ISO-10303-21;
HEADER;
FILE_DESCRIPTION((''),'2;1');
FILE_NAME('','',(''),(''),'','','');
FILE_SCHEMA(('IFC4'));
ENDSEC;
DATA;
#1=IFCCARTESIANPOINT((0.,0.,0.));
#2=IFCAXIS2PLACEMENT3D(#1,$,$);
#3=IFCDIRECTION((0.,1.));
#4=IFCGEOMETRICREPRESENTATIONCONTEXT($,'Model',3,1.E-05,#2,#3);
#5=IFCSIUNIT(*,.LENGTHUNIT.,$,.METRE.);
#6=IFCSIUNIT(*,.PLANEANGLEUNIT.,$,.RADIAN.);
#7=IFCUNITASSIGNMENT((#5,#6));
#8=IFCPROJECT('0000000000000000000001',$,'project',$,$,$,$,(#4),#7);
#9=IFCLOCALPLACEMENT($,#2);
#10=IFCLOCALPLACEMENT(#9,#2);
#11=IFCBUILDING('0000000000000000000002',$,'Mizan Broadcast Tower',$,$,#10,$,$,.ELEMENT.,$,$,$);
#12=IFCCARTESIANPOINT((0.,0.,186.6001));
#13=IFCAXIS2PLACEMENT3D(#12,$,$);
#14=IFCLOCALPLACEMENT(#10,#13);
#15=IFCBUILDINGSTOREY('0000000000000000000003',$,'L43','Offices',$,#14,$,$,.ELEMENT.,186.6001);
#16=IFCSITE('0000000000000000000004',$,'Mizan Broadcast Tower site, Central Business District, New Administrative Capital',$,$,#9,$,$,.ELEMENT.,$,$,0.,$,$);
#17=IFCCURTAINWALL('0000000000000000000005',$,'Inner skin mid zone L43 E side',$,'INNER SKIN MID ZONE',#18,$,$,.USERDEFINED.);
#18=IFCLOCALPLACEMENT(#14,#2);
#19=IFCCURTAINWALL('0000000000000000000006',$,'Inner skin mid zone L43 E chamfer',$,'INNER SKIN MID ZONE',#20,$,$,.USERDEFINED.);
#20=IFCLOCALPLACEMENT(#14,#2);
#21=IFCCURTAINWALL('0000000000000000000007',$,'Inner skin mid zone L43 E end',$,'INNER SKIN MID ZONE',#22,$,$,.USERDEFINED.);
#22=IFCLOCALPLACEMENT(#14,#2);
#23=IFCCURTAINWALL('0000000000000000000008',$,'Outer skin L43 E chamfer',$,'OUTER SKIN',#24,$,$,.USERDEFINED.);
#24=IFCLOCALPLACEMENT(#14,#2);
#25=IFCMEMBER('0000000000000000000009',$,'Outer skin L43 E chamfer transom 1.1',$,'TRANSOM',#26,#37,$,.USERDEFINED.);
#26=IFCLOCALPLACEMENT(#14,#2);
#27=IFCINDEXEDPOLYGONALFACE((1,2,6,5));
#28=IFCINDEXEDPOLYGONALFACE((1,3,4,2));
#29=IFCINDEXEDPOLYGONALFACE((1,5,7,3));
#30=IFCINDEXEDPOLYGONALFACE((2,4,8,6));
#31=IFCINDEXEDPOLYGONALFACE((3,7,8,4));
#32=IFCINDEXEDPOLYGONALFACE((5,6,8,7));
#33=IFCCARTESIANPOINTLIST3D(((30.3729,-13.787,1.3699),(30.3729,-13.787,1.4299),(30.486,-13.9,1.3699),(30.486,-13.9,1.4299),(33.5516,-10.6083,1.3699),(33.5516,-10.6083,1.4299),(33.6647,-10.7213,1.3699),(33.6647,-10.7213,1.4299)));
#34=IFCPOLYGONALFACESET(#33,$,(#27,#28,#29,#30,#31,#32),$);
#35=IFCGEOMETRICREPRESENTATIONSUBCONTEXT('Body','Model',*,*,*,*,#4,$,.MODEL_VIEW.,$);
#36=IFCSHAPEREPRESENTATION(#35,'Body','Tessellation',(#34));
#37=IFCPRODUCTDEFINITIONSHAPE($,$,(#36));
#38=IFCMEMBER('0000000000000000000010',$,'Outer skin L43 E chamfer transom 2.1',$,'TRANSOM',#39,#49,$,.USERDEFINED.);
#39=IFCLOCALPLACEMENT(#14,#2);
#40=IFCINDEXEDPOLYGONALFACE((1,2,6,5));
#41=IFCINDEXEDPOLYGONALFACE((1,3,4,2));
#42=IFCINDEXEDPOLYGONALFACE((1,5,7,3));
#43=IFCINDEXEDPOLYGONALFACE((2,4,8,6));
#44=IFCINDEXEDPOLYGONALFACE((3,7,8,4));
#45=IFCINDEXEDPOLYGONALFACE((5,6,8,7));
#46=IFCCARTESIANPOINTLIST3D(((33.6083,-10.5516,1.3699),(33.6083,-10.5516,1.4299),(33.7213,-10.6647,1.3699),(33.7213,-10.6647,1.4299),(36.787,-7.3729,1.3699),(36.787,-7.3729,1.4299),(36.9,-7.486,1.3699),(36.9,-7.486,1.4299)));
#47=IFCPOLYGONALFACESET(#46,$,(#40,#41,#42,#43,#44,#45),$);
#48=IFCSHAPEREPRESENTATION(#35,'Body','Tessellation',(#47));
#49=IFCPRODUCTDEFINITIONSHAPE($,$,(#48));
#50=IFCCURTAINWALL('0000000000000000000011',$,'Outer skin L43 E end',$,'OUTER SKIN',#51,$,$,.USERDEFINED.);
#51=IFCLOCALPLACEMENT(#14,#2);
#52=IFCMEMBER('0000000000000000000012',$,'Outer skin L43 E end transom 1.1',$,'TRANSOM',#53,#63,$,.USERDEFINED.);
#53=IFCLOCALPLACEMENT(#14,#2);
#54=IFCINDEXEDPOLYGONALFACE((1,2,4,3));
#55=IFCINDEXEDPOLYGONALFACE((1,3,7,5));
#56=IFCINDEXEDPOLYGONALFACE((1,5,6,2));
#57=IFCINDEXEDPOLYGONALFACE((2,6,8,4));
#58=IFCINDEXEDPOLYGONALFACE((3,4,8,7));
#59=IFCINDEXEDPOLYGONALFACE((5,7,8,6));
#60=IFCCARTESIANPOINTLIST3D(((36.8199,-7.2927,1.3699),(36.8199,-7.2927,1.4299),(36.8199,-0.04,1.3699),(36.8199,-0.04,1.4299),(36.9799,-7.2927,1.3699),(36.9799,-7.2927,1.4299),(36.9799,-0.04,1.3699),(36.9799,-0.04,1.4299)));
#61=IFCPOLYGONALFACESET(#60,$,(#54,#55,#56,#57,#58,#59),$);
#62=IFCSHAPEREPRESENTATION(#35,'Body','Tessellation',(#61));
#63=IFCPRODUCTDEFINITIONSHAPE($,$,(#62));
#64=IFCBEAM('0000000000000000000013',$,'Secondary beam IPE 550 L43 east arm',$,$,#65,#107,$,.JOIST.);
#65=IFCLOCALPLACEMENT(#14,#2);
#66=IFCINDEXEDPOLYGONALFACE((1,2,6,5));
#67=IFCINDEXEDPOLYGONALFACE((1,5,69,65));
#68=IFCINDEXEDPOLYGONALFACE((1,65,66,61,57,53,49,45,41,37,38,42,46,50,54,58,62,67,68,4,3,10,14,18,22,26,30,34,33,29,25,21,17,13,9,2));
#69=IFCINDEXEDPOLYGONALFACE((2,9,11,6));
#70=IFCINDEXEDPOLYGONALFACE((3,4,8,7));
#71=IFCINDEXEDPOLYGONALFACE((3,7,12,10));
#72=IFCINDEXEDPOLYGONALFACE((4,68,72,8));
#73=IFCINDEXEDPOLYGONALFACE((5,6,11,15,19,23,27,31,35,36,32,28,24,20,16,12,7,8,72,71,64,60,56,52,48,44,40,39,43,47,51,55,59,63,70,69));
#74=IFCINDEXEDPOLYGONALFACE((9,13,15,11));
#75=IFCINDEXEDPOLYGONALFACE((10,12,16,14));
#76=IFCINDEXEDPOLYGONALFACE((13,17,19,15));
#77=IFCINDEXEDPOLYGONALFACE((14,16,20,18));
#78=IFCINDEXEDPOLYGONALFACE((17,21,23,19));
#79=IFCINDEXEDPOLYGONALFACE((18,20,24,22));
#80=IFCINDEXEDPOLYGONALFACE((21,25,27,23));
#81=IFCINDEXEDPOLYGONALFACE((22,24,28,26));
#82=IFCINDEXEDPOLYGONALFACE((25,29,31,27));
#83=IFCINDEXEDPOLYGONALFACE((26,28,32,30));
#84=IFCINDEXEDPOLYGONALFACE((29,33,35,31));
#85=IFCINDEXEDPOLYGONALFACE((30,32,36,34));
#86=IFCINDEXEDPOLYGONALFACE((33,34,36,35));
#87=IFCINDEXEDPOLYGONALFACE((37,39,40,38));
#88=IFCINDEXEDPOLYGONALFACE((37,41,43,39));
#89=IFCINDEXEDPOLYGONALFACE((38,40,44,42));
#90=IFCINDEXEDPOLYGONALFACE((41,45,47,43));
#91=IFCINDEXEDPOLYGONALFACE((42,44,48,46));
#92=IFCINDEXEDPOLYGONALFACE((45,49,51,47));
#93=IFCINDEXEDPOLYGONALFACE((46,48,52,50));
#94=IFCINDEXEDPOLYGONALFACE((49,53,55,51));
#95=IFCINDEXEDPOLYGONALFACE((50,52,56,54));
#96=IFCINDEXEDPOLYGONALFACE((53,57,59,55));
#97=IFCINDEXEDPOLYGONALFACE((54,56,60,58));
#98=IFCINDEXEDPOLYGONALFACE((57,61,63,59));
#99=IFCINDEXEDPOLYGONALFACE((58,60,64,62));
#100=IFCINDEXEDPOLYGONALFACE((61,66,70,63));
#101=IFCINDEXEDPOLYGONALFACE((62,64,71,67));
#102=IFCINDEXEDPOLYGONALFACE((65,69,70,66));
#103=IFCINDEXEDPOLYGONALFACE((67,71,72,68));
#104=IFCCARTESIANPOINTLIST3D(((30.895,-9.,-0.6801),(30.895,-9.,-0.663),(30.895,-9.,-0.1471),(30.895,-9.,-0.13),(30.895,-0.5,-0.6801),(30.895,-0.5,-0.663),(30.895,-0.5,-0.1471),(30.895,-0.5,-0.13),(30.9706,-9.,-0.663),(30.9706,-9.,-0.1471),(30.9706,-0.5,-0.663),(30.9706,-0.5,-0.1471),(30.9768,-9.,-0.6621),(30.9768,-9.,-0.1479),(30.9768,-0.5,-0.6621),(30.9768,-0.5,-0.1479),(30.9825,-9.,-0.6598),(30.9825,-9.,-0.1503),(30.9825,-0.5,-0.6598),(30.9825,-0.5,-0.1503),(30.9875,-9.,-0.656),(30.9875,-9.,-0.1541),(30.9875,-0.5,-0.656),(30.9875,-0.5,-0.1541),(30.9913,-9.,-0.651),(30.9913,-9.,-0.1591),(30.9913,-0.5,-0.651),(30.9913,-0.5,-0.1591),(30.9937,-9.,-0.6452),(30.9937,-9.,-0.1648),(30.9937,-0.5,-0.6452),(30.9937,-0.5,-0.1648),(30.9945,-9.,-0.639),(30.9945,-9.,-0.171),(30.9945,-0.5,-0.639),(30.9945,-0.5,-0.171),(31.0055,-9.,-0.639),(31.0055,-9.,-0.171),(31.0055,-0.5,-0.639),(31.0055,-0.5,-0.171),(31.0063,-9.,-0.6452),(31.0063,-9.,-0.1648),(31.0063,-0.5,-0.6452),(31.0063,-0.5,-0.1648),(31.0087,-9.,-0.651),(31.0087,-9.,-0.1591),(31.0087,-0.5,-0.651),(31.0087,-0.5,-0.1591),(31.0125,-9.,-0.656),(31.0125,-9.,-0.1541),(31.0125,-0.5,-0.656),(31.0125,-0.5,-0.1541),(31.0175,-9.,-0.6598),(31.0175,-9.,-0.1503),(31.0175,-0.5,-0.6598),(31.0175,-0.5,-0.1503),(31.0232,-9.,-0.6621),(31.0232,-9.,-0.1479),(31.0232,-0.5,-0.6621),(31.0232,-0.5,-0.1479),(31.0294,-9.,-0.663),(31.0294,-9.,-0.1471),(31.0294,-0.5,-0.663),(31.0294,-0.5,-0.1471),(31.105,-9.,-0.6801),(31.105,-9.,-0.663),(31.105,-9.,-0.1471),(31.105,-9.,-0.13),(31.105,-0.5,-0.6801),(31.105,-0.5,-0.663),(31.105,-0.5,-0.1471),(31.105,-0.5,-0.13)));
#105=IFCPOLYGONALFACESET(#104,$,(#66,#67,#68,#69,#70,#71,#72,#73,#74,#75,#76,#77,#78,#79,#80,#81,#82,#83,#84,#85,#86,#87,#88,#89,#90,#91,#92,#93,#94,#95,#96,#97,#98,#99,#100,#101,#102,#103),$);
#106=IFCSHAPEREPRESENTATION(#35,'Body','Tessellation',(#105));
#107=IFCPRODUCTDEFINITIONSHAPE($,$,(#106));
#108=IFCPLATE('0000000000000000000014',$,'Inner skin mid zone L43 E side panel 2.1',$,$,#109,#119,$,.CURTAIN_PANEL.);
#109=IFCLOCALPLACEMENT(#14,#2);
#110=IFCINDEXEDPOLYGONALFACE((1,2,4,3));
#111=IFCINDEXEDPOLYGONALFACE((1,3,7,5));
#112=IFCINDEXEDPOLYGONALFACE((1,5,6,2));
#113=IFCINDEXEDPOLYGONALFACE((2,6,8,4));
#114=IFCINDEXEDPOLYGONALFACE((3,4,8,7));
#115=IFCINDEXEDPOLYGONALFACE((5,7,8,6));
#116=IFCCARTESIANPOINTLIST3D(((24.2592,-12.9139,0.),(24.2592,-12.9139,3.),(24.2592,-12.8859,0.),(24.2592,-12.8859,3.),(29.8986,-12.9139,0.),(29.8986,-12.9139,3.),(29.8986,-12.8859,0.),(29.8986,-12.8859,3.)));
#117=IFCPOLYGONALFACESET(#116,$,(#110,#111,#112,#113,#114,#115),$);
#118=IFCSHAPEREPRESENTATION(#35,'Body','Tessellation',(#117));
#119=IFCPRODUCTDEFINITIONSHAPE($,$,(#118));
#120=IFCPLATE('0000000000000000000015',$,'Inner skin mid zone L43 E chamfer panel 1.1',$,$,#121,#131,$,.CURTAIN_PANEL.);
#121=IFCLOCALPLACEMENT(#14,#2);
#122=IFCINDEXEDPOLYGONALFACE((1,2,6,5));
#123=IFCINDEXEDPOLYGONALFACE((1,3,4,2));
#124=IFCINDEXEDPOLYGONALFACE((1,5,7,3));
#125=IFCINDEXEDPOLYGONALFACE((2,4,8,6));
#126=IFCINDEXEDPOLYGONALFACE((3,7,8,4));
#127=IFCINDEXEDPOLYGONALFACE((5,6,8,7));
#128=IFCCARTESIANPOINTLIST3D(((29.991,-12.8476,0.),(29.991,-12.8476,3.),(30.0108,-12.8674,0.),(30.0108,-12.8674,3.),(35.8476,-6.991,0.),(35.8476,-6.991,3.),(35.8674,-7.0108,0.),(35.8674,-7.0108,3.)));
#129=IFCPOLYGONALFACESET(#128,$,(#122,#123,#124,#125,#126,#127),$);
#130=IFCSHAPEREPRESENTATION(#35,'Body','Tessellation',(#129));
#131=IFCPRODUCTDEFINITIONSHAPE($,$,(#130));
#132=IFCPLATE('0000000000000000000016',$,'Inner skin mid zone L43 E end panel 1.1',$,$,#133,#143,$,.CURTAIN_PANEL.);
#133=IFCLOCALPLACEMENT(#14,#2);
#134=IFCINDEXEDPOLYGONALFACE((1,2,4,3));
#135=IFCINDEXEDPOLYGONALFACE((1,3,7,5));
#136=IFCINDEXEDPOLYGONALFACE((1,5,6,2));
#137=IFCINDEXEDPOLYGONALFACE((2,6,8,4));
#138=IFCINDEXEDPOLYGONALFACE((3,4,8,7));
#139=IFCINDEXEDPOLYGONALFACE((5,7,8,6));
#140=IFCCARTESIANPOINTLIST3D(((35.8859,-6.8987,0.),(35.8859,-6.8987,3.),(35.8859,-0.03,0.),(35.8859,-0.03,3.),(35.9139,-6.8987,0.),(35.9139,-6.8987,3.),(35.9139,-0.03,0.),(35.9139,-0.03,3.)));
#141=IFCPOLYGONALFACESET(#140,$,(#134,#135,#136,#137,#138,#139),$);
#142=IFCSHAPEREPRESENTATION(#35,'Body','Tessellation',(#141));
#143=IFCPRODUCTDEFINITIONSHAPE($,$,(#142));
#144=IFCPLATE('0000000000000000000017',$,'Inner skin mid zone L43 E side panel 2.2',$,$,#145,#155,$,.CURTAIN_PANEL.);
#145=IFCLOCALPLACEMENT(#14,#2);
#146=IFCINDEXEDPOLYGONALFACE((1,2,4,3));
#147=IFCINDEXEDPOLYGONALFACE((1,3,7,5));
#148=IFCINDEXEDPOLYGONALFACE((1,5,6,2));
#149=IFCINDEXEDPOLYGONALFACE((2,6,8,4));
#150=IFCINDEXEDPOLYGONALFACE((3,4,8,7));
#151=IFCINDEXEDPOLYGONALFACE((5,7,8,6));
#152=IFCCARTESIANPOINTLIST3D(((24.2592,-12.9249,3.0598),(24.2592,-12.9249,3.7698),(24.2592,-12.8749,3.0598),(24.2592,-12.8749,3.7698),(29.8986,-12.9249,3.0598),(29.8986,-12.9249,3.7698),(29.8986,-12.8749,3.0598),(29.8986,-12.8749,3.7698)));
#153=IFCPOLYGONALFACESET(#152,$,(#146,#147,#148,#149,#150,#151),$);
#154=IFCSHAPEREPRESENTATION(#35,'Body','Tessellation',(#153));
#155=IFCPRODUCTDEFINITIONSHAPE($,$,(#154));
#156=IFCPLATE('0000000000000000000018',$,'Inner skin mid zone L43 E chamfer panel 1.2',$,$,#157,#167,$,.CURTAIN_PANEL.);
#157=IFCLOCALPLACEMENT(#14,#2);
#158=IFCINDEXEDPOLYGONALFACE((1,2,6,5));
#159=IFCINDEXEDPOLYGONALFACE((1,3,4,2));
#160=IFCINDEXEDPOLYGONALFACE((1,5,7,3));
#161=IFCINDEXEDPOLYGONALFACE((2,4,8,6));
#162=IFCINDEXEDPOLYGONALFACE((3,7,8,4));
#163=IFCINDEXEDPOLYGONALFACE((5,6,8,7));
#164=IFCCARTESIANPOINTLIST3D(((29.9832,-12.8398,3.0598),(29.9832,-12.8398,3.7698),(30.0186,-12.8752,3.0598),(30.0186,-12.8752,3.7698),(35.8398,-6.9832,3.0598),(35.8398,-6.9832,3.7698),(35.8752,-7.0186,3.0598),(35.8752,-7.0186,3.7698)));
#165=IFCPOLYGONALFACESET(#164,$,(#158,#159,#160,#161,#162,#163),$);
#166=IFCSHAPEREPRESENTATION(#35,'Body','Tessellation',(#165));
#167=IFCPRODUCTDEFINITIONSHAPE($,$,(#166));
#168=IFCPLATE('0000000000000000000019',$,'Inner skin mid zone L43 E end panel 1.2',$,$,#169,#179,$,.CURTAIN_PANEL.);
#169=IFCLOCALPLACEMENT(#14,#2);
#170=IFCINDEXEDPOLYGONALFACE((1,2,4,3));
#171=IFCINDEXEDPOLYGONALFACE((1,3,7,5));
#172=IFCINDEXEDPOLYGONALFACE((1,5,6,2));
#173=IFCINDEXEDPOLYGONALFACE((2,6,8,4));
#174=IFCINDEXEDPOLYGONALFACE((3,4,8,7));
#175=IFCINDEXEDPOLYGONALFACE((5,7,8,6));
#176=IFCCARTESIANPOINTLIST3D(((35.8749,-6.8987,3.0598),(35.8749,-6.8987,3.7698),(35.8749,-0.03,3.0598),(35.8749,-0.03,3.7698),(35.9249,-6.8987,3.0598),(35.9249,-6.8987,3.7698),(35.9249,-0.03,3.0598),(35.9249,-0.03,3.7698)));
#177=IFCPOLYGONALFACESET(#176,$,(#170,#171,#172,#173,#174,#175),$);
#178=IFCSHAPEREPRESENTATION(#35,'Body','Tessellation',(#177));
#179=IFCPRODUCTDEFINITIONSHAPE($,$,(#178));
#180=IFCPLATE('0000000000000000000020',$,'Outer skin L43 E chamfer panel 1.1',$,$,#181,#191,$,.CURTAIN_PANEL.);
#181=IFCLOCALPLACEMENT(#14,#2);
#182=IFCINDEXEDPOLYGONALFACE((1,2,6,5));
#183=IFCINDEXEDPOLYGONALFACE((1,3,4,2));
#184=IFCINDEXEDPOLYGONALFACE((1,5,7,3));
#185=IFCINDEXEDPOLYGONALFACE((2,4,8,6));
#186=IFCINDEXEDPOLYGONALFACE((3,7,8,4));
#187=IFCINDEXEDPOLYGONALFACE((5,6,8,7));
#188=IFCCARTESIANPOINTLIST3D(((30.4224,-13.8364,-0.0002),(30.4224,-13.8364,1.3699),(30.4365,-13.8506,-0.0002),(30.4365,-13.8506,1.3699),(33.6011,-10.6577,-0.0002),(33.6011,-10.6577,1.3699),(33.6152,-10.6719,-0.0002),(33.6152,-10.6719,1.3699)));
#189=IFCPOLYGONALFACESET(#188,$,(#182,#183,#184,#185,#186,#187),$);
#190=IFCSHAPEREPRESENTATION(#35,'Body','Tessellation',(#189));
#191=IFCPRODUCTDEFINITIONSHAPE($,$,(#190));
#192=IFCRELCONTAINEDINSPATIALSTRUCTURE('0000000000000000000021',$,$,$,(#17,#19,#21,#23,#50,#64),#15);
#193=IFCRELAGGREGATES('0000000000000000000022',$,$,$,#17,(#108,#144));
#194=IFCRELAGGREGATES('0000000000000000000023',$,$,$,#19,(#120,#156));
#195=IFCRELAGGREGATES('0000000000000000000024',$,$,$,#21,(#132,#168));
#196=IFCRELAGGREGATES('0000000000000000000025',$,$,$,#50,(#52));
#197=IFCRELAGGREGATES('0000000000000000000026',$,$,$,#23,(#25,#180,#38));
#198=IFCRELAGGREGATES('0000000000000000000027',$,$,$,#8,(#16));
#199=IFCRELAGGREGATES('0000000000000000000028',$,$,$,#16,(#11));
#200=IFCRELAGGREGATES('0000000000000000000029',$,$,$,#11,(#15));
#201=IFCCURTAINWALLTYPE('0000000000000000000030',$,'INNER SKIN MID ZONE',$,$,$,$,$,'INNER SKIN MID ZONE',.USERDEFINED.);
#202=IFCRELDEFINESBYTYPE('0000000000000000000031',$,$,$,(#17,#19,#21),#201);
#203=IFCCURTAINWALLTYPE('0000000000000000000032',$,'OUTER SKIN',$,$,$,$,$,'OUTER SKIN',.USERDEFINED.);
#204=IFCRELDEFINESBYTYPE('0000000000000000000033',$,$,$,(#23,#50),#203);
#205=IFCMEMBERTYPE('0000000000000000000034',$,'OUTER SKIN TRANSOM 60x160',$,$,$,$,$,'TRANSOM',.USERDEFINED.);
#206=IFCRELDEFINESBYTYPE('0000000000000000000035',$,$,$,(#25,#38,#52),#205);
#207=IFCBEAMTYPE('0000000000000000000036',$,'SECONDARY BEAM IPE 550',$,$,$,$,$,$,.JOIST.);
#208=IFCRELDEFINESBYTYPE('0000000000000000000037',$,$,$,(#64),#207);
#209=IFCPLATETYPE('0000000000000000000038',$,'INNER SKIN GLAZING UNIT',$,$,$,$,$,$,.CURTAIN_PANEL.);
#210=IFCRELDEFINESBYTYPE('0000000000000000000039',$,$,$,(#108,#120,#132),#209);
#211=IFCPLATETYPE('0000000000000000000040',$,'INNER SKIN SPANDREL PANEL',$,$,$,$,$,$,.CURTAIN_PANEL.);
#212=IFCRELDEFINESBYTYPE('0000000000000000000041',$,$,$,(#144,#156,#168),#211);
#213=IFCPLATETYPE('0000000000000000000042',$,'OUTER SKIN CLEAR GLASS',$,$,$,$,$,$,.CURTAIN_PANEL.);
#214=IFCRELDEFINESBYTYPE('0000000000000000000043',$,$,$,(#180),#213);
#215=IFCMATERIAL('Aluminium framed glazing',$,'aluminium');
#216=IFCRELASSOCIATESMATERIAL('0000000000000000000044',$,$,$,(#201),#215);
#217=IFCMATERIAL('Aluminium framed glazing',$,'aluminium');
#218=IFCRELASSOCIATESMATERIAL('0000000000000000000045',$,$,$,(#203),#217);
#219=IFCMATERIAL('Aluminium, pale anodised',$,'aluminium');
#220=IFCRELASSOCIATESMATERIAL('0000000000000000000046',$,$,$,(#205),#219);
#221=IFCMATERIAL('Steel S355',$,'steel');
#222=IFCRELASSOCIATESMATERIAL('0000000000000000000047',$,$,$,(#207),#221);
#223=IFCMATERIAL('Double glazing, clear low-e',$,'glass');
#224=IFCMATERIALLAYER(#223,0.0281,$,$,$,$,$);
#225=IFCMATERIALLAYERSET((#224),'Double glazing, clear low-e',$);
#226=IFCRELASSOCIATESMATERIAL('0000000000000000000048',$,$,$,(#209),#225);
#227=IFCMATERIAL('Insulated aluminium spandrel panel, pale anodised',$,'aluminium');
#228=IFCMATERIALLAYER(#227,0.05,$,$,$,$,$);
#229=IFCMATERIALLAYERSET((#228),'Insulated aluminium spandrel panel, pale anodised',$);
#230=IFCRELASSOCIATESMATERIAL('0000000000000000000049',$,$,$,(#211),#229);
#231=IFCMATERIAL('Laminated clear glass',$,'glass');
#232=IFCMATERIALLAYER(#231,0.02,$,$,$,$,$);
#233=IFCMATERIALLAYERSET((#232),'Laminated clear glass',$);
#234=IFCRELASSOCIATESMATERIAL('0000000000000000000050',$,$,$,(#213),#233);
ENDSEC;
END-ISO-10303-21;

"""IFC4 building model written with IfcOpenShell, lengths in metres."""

from ifc_helpers import new_model, si_unit, direction, frame, origin, origin_2d, place, context, subcontext, project, spatial, rectangle, i_section, extrude, material, layer, layer_set, material_profile, profile_set, type_object, element, aggregate, save


model = new_model("IFC4")

# Units and contexts
model_context = context("Model", 3, precision=1e-05, world=origin(), true_north=direction((0.0, 1.0)))
body_context = subcontext(model_context, "Body", "Model", "MODEL_VIEW")
ifc_project = project(units=[si_unit("LENGTHUNIT", "METRE"), si_unit("PLANEANGLEUNIT", "RADIAN")], contexts=[model_context])

# Site, building, storey
site_placement = place(None, origin())
site = spatial("IfcSite", under=ifc_project, at=site_placement, Name="Mizan Broadcast Tower site, Central Business District, New Administrative Capital", CompositionType="ELEMENT", RefElevation=0.0)
building_placement = place(site_placement, origin())
building = spatial("IfcBuilding", under=site, at=building_placement, Name="Mizan Broadcast Tower", CompositionType="ELEMENT")
storey_placement = place(building_placement, frame((0.0, 0.0, 186.6001)))
storey = spatial("IfcBuildingStorey", under=building, at=storey_placement, Name="L43", Description="Offices", CompositionType="ELEMENT", Elevation=186.6001)

# Curtain wall
ifc_material_1 = material(Name="Aluminium framed glazing", Category="aluminium")
curtain_wall_type_1 = type_object("IfcCurtainWallType", Name="INNER SKIN MID ZONE", ElementType="INNER SKIN MID ZONE", PredefinedType="USERDEFINED", material=ifc_material_1)
curtain_wall_1_placement = place(storey_placement, origin())
curtain_wall_1 = element("IfcCurtainWall", 1, at=curtain_wall_1_placement, inside=storey, type_object=curtain_wall_type_1, Name="Inner skin mid zone L43 E side", ObjectType="INNER SKIN MID ZONE", PredefinedType="USERDEFINED")

# Curtain wall
curtain_wall_2_placement = place(storey_placement, origin())
curtain_wall_2 = element("IfcCurtainWall", 2, at=curtain_wall_2_placement, inside=storey, type_object=curtain_wall_type_1, Name="Inner skin mid zone L43 E chamfer", ObjectType="INNER SKIN MID ZONE", PredefinedType="USERDEFINED")

# Curtain wall
curtain_wall_3_placement = place(storey_placement, origin())
curtain_wall_3 = element("IfcCurtainWall", 3, at=curtain_wall_3_placement, inside=storey, type_object=curtain_wall_type_1, Name="Inner skin mid zone L43 E end", ObjectType="INNER SKIN MID ZONE", PredefinedType="USERDEFINED")

# Curtain wall
ifc_material_2 = material(Name="Aluminium framed glazing", Category="aluminium")
curtain_wall_type_2 = type_object("IfcCurtainWallType", Name="OUTER SKIN", ElementType="OUTER SKIN", PredefinedType="USERDEFINED", material=ifc_material_2)
curtain_wall_4_placement = place(storey_placement, origin())
curtain_wall_4 = element("IfcCurtainWall", 4, at=curtain_wall_4_placement, inside=storey, type_object=curtain_wall_type_2, Name="Outer skin L43 E chamfer", ObjectType="OUTER SKIN", PredefinedType="USERDEFINED")

# Members
ifc_material_3 = material(Name="Aluminium, pale anodised", Category="aluminium")
ifc_material_profile_1 = material_profile(ifc_material_3, rectangle(XDim=0.1599, YDim=0.0601, at=origin_2d()), Name="TRANSOM 160x60")
ifc_profile_set_1 = profile_set([ifc_material_profile_1], Name="Aluminium, pale anodised")
member_type_1 = type_object("IfcMemberType", Name="OUTER SKIN TRANSOM 60x160", ElementType="TRANSOM", PredefinedType="USERDEFINED", material=ifc_profile_set_1)
member_1_placement = place(storey_placement, frame((30.4294, -13.8435, 1.3999), z_axis=(0.707107, 0.707107, 0.0), x_axis=(-0.707107, 0.707107, 0.0)))
member_1 = element("IfcMember", 5, at=member_1_placement, type_object=member_type_1, Name="Outer skin L43 E chamfer transom 1.1", ObjectType="TRANSOM", PredefinedType="USERDEFINED", context=body_context, shape_type="SweptSolid", body=[
    extrude(rectangle(XDim=0.1599, YDim=0.0601, at=origin_2d()), origin(), (0.0, 0.0, 1.0), 4.4954),
])
member_2_placement = place(storey_placement, frame((33.6648, -10.6082, 1.3999), z_axis=(0.707107, 0.707107, 0.0), x_axis=(-0.707107, 0.707107, 0.0)))
member_2 = element("IfcMember", 6, at=member_2_placement, type_object=member_type_1, Name="Outer skin L43 E chamfer transom 2.1", ObjectType="TRANSOM", PredefinedType="USERDEFINED", context=body_context, shape_type="SweptSolid", body=[
    extrude(rectangle(XDim=0.1599, YDim=0.0601, at=origin_2d()), origin(), (0.0, 0.0, 1.0), 4.4954),
])

# Curtain wall, member
curtain_wall_5_placement = place(storey_placement, origin())
curtain_wall_5 = element("IfcCurtainWall", 7, at=curtain_wall_5_placement, inside=storey, type_object=curtain_wall_type_2, Name="Outer skin L43 E end", ObjectType="OUTER SKIN", PredefinedType="USERDEFINED")
member_3_placement = place(storey_placement, frame((36.8999, -7.2927, 1.3999), z_axis=(0.0, 1.0, 0.0), x_axis=(-1.0, 0.0, 0.0)))
member_3 = element("IfcMember", 8, at=member_3_placement, type_object=member_type_1, Name="Outer skin L43 E end transom 1.1", ObjectType="TRANSOM", PredefinedType="USERDEFINED", context=body_context, shape_type="SweptSolid", body=[
    extrude(rectangle(XDim=0.1599, YDim=0.0601, at=origin_2d()), origin(), (0.0, 0.0, 1.0), 7.2527),
])

# Beam
ifc_material_4 = material(Name="Steel S355", Category="steel")
ifc_material_profile_2 = material_profile(ifc_material_4, i_section(OverallWidth=0.21, OverallDepth=0.55, WebThickness=0.011, FlangeThickness=0.0171, FilletRadius=0.0239, at=origin_2d()), Name="IPE 550")
ifc_profile_set_2 = profile_set([ifc_material_profile_2], Name="Steel S355")
beam_type_1 = type_object("IfcBeamType", Name="SECONDARY BEAM IPE 550", PredefinedType="JOIST", material=ifc_profile_set_2)
beam_1_placement = place(storey_placement, frame((31.0, -9.0, -0.405), z_axis=(0.0, 1.0, 0.0), x_axis=(-1.0, 0.0, 0.0)))
element("IfcBeam", 9, at=beam_1_placement, inside=storey, type_object=beam_type_1, Name="Secondary beam IPE 550 L43 east arm", PredefinedType="JOIST", context=body_context, shape_type="SweptSolid", body=[
    extrude(i_section(OverallWidth=0.21, OverallDepth=0.55, WebThickness=0.011, FlangeThickness=0.0171, FilletRadius=0.0239, at=origin_2d()), origin(), (0.0, 0.0, 1.0), 8.5),
])

# Plates
ifc_material_5 = material(Name="Double glazing, clear low-e", Category="glass")
ifc_layer_1 = layer(ifc_material_5, 0.0281)
ifc_layer_set_1 = layer_set([ifc_layer_1], Name="Double glazing, clear low-e")
plate_type_1 = type_object("IfcPlateType", Name="INNER SKIN GLAZING UNIT", PredefinedType="CURTAIN_PANEL", material=ifc_layer_set_1)
plate_1_placement = place(storey_placement, frame((27.0789, -12.8999, 0.0), z_axis=(0.0, 0.0, 1.0), x_axis=(1.0, 0.0, 0.0)))
plate_1 = element("IfcPlate", 10, at=plate_1_placement, type_object=plate_type_1, Name="Inner skin mid zone L43 E side panel 2.1", PredefinedType="CURTAIN_PANEL", context=body_context, shape_type="SweptSolid", body=[
    extrude(rectangle(XDim=5.6394, YDim=0.0281, at=origin_2d()), origin(), (0.0, 0.0, 1.0), 3.0),
])
plate_2_placement = place(storey_placement, frame((32.9292, -9.9292, 0.0), z_axis=(0.0, 0.0, 1.0), x_axis=(0.707107, 0.707107, 0.0)))
plate_2 = element("IfcPlate", 11, at=plate_2_placement, type_object=plate_type_1, Name="Inner skin mid zone L43 E chamfer panel 1.1", PredefinedType="CURTAIN_PANEL", context=body_context, shape_type="SweptSolid", body=[
    extrude(rectangle(XDim=8.2825, YDim=0.0281, at=origin_2d()), origin(), (0.0, 0.0, 1.0), 3.0),
])
plate_3_placement = place(storey_placement, frame((35.8999, -3.4644, 0.0), z_axis=(0.0, 0.0, 1.0), x_axis=(0.0, 1.0, 0.0)))
plate_3 = element("IfcPlate", 12, at=plate_3_placement, type_object=plate_type_1, Name="Inner skin mid zone L43 E end panel 1.1", PredefinedType="CURTAIN_PANEL", context=body_context, shape_type="SweptSolid", body=[
    extrude(rectangle(XDim=6.8687, YDim=0.0281, at=origin_2d()), origin(), (0.0, 0.0, 1.0), 3.0),
])
ifc_material_6 = material(Name="Insulated aluminium spandrel panel, pale anodised", Category="aluminium")
ifc_layer_2 = layer(ifc_material_6, 0.05)
ifc_layer_set_2 = layer_set([ifc_layer_2], Name="Insulated aluminium spandrel panel, pale anodised")
plate_type_2 = type_object("IfcPlateType", Name="INNER SKIN SPANDREL PANEL", PredefinedType="CURTAIN_PANEL", material=ifc_layer_set_2)
plate_4_placement = place(storey_placement, frame((27.0789, -12.8999, 3.0598), z_axis=(0.0, 0.0, 1.0), x_axis=(1.0, 0.0, 0.0)))
plate_4 = element("IfcPlate", 13, at=plate_4_placement, type_object=plate_type_2, Name="Inner skin mid zone L43 E side panel 2.2", PredefinedType="CURTAIN_PANEL", context=body_context, shape_type="SweptSolid", body=[
    extrude(rectangle(XDim=5.6394, YDim=0.05, at=origin_2d()), origin(), (0.0, 0.0, 1.0), 0.71),
])
aggregate(curtain_wall_1, [plate_1, plate_4])
plate_5_placement = place(storey_placement, frame((32.9292, -9.9292, 3.0598), z_axis=(0.0, 0.0, 1.0), x_axis=(0.707107, 0.707107, 0.0)))
plate_5 = element("IfcPlate", 14, at=plate_5_placement, type_object=plate_type_2, Name="Inner skin mid zone L43 E chamfer panel 1.2", PredefinedType="CURTAIN_PANEL", context=body_context, shape_type="SweptSolid", body=[
    extrude(rectangle(XDim=8.2825, YDim=0.05, at=origin_2d()), origin(), (0.0, 0.0, 1.0), 0.71),
])
aggregate(curtain_wall_2, [plate_2, plate_5])
plate_6_placement = place(storey_placement, frame((35.8999, -3.4644, 3.0598), z_axis=(0.0, 0.0, 1.0), x_axis=(0.0, 1.0, 0.0)))
plate_6 = element("IfcPlate", 15, at=plate_6_placement, type_object=plate_type_2, Name="Inner skin mid zone L43 E end panel 1.2", PredefinedType="CURTAIN_PANEL", context=body_context, shape_type="SweptSolid", body=[
    extrude(rectangle(XDim=6.8687, YDim=0.05, at=origin_2d()), origin(), (0.0, 0.0, 1.0), 0.71),
])
aggregate(curtain_wall_3, [plate_3, plate_6])
ifc_material_7 = material(Name="Laminated clear glass", Category="glass")
ifc_layer_3 = layer(ifc_material_7, 0.02)
ifc_layer_set_3 = layer_set([ifc_layer_3], Name="Laminated clear glass")
plate_type_3 = type_object("IfcPlateType", Name="OUTER SKIN CLEAR GLASS", PredefinedType="CURTAIN_PANEL", material=ifc_layer_set_3)
plate_7_placement = place(storey_placement, frame((32.0188, -12.2542, -0.0002), z_axis=(0.0, 0.0, 1.0), x_axis=(0.707107, 0.707107, 0.0)))
plate_7 = element("IfcPlate", 16, at=plate_7_placement, type_object=plate_type_3, Name="Outer skin L43 E chamfer panel 1.1", PredefinedType="CURTAIN_PANEL", context=body_context, shape_type="SweptSolid", body=[
    extrude(rectangle(XDim=4.4954, YDim=0.02, at=origin_2d()), origin(), (0.0, 0.0, 1.0), 1.3701),
])
aggregate(curtain_wall_5, [member_3])
aggregate(curtain_wall_4, [member_1, plate_7, member_2])

save(model, "model.ifc")
